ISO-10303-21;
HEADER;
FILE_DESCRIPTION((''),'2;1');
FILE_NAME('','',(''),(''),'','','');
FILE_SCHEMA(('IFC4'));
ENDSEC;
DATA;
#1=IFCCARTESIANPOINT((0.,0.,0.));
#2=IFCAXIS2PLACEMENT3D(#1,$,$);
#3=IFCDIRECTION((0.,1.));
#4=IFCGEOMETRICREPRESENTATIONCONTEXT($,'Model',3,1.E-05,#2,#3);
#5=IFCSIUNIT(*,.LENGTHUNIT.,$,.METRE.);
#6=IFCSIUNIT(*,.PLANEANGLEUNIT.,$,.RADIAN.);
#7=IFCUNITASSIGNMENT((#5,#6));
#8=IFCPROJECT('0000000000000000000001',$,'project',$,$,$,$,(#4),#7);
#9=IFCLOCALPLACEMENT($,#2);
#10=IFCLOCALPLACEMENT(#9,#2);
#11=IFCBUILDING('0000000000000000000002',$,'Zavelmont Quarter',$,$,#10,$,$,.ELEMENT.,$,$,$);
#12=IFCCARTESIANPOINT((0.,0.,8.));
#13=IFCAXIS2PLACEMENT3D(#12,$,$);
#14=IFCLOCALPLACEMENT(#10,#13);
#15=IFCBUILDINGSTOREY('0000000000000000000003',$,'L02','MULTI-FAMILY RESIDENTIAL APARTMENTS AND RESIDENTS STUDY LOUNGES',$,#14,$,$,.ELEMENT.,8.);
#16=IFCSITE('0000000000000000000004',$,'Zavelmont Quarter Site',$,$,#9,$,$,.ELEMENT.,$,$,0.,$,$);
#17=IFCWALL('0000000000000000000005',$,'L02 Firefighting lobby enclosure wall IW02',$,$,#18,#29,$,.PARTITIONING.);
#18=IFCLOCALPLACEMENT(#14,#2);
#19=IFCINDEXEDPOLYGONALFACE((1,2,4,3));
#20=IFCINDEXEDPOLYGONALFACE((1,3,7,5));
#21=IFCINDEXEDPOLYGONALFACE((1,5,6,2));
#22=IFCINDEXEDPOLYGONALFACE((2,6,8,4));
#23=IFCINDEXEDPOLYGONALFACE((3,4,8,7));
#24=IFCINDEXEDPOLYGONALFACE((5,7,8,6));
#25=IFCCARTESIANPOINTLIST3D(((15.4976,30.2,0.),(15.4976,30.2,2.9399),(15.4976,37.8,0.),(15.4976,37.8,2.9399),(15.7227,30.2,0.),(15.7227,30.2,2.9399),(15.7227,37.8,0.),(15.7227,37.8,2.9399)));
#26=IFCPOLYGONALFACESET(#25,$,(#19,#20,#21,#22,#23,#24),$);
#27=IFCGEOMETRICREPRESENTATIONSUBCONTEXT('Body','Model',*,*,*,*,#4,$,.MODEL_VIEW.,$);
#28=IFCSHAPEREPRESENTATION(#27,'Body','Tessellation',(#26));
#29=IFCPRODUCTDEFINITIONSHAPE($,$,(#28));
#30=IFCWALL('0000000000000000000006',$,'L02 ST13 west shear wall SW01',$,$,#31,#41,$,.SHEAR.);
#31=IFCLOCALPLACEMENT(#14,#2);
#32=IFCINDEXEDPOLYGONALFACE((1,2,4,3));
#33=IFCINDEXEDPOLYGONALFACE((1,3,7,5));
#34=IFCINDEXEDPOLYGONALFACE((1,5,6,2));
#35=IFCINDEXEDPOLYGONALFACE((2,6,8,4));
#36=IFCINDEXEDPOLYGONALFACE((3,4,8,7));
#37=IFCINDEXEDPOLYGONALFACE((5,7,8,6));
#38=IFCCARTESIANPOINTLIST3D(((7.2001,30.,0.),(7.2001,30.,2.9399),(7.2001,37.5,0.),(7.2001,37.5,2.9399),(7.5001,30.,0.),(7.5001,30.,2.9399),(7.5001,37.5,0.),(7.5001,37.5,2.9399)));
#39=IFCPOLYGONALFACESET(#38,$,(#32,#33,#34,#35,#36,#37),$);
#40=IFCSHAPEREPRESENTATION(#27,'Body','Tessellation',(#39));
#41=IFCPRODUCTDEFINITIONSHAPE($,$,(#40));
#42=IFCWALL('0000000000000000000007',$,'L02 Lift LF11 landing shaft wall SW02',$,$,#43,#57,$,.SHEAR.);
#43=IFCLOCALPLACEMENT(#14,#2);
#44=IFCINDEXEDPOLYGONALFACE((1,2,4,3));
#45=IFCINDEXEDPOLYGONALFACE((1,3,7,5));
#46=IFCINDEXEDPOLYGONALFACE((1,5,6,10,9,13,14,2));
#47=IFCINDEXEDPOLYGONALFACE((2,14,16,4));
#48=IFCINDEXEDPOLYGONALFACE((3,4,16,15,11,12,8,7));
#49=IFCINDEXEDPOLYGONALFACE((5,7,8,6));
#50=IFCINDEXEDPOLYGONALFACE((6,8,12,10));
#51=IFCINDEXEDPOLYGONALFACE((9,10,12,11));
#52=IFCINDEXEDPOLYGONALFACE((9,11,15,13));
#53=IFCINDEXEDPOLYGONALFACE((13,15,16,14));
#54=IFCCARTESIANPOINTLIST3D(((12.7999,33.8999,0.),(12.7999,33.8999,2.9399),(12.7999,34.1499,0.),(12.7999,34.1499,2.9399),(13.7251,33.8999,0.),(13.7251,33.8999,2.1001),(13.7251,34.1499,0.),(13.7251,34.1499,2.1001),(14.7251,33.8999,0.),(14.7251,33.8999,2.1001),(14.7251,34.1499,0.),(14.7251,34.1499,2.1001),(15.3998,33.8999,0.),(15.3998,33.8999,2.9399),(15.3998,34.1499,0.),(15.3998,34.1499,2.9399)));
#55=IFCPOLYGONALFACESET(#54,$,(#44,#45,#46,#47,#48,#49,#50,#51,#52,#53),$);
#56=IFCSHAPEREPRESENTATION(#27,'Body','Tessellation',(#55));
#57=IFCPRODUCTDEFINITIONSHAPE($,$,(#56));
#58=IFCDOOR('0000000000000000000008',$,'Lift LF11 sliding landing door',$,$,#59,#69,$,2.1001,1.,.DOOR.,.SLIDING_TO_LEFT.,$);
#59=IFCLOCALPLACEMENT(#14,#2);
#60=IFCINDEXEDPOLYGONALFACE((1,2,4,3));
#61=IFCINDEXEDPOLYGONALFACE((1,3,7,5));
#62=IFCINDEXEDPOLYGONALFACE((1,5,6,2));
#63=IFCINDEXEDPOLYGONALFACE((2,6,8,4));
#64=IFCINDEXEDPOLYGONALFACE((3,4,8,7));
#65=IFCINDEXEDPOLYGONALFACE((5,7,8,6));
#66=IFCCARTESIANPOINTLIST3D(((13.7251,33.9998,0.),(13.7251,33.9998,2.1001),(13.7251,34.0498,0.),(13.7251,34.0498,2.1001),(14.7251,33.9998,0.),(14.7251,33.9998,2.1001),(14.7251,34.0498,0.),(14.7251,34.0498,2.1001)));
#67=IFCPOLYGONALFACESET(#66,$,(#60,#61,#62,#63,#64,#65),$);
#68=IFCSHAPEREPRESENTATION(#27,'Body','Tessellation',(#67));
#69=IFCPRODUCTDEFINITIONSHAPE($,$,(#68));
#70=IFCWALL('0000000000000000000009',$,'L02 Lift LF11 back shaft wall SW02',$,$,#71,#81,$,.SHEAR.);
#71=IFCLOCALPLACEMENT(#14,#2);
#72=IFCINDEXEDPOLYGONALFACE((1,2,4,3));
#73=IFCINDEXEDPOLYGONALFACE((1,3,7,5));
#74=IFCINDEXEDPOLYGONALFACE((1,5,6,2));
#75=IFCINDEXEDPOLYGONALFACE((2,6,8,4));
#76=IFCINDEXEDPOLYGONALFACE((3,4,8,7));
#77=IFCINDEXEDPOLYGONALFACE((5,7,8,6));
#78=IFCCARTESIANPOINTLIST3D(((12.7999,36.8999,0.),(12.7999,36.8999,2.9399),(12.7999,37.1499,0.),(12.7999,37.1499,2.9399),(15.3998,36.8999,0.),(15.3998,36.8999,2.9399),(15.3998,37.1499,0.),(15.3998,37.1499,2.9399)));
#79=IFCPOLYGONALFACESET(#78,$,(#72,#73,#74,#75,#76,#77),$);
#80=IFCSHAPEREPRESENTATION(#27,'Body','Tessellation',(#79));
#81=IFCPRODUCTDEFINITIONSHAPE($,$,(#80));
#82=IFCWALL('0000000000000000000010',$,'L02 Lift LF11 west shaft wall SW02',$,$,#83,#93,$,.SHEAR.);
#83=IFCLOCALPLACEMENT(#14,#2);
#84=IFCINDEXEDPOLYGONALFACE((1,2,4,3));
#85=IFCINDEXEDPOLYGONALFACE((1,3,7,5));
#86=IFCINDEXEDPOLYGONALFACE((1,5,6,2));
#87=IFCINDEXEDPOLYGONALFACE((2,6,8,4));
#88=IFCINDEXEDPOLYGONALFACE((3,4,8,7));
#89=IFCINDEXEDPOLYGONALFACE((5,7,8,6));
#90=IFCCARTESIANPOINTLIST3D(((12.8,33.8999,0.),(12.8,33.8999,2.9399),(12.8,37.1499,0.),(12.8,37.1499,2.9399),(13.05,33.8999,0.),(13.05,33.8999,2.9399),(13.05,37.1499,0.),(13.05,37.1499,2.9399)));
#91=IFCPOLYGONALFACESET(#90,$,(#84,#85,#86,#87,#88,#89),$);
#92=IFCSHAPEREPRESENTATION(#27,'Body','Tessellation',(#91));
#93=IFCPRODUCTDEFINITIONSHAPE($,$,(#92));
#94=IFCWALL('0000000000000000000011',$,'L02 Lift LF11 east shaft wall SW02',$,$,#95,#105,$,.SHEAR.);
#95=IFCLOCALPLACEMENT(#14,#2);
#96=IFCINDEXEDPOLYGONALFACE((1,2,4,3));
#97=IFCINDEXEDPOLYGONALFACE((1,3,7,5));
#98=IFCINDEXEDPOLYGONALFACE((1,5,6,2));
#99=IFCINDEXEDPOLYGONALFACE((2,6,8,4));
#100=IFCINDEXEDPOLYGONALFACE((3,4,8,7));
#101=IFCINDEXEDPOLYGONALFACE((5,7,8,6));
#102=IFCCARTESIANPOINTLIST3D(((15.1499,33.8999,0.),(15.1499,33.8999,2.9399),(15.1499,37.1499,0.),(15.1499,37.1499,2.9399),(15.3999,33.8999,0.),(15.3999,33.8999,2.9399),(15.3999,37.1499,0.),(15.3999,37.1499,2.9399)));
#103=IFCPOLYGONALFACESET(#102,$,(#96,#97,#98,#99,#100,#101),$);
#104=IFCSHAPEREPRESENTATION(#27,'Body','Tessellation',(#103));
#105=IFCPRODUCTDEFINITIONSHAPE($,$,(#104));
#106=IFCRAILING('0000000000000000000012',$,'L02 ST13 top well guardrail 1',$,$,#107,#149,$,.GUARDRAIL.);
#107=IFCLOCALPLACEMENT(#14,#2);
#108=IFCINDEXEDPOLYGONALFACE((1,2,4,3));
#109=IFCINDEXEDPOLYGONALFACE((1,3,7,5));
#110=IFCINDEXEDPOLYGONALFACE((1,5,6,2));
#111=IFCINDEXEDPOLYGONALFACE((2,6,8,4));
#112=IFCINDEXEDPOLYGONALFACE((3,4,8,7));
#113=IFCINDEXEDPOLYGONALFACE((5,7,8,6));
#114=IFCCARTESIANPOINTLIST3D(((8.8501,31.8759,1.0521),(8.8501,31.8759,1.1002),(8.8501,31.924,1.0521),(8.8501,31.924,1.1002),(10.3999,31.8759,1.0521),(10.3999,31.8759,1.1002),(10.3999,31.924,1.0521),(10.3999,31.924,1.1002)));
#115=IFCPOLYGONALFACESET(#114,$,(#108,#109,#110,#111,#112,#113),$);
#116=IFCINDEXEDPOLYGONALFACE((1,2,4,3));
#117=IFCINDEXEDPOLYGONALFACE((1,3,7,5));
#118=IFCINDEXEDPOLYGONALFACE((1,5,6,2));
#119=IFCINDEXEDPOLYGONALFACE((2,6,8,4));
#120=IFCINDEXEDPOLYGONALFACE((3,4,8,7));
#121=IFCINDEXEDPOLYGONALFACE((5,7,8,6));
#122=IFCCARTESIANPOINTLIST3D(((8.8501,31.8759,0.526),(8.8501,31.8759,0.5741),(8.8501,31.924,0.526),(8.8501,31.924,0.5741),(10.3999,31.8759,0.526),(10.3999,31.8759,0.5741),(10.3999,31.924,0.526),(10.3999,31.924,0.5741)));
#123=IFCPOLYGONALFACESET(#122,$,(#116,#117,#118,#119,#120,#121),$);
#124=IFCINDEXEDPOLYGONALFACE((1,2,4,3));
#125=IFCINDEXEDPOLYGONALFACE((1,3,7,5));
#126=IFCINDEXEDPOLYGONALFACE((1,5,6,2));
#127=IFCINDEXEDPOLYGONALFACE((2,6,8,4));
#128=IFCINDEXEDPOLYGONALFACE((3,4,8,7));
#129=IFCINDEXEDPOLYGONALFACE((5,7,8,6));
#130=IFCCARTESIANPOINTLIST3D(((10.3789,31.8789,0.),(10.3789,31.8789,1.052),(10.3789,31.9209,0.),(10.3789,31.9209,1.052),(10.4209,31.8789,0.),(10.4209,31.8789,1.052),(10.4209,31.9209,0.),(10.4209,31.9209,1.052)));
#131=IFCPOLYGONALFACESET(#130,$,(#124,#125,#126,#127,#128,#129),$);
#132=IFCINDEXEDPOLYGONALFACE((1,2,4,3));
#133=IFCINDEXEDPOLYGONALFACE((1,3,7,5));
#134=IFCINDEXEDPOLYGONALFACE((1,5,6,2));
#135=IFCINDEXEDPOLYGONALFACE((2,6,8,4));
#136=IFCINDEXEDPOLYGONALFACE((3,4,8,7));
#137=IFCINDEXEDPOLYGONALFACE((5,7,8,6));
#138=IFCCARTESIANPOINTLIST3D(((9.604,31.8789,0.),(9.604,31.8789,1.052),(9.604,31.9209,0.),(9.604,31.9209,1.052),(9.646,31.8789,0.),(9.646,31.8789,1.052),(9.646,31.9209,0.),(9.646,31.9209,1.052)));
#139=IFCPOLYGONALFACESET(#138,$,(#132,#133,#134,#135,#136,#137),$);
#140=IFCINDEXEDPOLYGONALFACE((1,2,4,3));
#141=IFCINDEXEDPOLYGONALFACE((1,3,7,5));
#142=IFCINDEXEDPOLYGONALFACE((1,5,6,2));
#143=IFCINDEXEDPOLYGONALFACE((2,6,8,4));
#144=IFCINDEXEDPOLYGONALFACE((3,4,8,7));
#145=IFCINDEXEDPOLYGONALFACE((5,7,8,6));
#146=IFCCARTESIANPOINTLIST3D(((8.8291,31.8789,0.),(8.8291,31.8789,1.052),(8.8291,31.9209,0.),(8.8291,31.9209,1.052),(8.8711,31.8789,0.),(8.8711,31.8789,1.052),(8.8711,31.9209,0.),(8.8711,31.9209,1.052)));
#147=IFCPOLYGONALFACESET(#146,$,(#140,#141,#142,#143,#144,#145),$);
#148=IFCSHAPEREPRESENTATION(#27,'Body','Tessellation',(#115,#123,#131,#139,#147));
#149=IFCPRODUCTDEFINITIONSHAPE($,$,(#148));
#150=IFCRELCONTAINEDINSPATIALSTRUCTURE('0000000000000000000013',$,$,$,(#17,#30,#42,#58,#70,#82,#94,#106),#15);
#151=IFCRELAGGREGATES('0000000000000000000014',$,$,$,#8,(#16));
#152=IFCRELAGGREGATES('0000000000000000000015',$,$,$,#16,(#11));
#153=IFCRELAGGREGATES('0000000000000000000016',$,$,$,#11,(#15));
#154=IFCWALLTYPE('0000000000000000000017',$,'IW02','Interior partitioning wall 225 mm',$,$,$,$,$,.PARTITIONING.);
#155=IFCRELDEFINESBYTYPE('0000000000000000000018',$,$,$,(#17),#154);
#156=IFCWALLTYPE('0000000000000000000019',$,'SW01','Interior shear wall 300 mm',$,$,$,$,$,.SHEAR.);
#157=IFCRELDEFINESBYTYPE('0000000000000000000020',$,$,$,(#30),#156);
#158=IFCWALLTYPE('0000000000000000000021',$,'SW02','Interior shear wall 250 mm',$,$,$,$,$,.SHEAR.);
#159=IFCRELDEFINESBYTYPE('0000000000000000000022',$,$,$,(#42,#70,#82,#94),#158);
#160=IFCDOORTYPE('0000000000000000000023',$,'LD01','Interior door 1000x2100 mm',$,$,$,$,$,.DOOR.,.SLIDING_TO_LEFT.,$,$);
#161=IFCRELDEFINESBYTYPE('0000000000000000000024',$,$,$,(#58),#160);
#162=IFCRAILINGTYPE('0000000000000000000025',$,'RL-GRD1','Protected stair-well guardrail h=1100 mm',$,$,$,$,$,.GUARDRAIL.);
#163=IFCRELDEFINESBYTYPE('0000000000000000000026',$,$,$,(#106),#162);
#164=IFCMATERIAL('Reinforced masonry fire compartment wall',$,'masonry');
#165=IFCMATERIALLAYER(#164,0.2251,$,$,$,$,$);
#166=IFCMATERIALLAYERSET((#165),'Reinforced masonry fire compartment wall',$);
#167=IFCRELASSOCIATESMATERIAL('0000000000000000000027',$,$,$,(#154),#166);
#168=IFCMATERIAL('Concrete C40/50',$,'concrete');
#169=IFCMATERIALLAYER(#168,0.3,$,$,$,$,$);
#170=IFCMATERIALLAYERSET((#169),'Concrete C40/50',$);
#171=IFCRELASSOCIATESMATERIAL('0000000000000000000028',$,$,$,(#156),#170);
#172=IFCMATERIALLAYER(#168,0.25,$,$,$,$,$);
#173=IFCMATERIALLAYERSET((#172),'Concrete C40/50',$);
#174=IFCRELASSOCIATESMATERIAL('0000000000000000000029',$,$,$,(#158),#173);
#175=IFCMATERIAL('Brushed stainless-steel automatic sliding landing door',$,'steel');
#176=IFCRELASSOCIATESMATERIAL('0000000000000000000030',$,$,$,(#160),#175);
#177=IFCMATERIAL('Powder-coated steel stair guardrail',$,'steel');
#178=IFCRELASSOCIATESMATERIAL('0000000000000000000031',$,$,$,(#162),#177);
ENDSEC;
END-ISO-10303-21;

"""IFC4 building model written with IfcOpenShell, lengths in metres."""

from ifc_helpers import new_model, si_unit, direction, frame, frame_2d, origin, origin_with_axes, origin_2d, place, context, subcontext, project, spatial, rectangle, extrude, material, layer, layer_set, type_object, element, fill, save


model = new_model("IFC4")

# Units and contexts
model_context = context("Model", 3, precision=1e-05, world=origin(), true_north=direction((0.0, 1.0)))
body_context = subcontext(model_context, "Body", "Model", "MODEL_VIEW")
ifc_project = project(units=[si_unit("LENGTHUNIT", "METRE"), si_unit("PLANEANGLEUNIT", "RADIAN")], contexts=[model_context])

# Site, building, storey
site_placement = place(None, origin())
site = spatial("IfcSite", under=ifc_project, at=site_placement, Name="Zavelmont Quarter Site", CompositionType="ELEMENT", RefElevation=0.0)
building_placement = place(site_placement, origin())
building = spatial("IfcBuilding", under=site, at=building_placement, Name="Zavelmont Quarter", CompositionType="ELEMENT")
storey_placement = place(building_placement, frame((0.0, 0.0, 8.0)))
storey = spatial("IfcBuildingStorey", under=building, at=storey_placement, Name="L02", Description="MULTI-FAMILY RESIDENTIAL APARTMENTS AND RESIDENTS STUDY LOUNGES", CompositionType="ELEMENT", Elevation=8.0)

# Wall
ifc_material_1 = material(Name="Reinforced masonry fire compartment wall", Category="masonry")
ifc_layer_1 = layer(ifc_material_1, 0.2251)
ifc_layer_set_1 = layer_set([ifc_layer_1], Name="Reinforced masonry fire compartment wall")
wall_type_1 = type_object("IfcWallType", Name="IW02", Description="Interior partitioning wall 225 mm", PredefinedType="PARTITIONING", material=ifc_layer_set_1)
wall_1_placement = place(storey_placement, frame((15.6101, 30.2, 0.0), z_axis=(0.0, 0.0, 1.0), x_axis=(0.0, 1.0, 0.0)))
element("IfcWall", 1, at=wall_1_placement, inside=storey, type_object=wall_type_1, Name="L02 Firefighting lobby enclosure wall IW02", PredefinedType="PARTITIONING", context=body_context, shape_type="SweptSolid", body=[
    extrude(rectangle(XDim=7.6001, YDim=0.2251, at=frame_2d((3.8, 0.0))), origin(), (0.0, 0.0, 1.0), 2.9399),
])

# Wall
ifc_material_2 = material(Name="Concrete C40/50", Category="concrete")
ifc_layer_2 = layer(ifc_material_2, 0.3)
ifc_layer_set_2 = layer_set([ifc_layer_2], Name="Concrete C40/50")
wall_type_2 = type_object("IfcWallType", Name="SW01", Description="Interior shear wall 300 mm", PredefinedType="SHEAR", material=ifc_layer_set_2)
wall_2_placement = place(storey_placement, frame((7.3501, 30.0, 0.0), z_axis=(0.0, 0.0, 1.0), x_axis=(0.0, 1.0, 0.0)))
element("IfcWall", 2, at=wall_2_placement, inside=storey, type_object=wall_type_2, Name="L02 ST13 west shear wall SW01", PredefinedType="SHEAR", context=body_context, shape_type="SweptSolid", body=[
    extrude(rectangle(XDim=7.5, YDim=0.3, at=frame_2d((3.75, 0.0))), origin(), (0.0, 0.0, 1.0), 2.9399),
])

# Wall, opening, door
ifc_layer_3 = layer(ifc_material_2, 0.25)
ifc_layer_set_3 = layer_set([ifc_layer_3], Name="Concrete C40/50")
wall_type_3 = type_object("IfcWallType", Name="SW02", Description="Interior shear wall 250 mm", PredefinedType="SHEAR", material=ifc_layer_set_3)
wall_3_placement = place(storey_placement, frame((12.8, 34.0249, 0.0), z_axis=(0.0, 0.0, 1.0), x_axis=(1.0, 0.0, 0.0)))
wall_3 = element("IfcWall", 3, at=wall_3_placement, inside=storey, type_object=wall_type_3, Name="L02 Lift LF11 landing shaft wall SW02", PredefinedType="SHEAR", context=body_context, shape_type="SweptSolid", body=[
    extrude(rectangle(XDim=2.5999, YDim=0.25, at=frame_2d((1.2998, 0.0))), origin(), (0.0, 0.0, 1.0), 2.9399),
])
opening_1_placement = place(wall_3_placement, frame((0.925, 0.0, 0.0)))
opening_1 = element("IfcOpeningElement", 4, at=opening_1_placement, cuts=wall_3, PredefinedType="OPENING", context=body_context, shape_type="SweptSolid", body=[
    extrude(rectangle(XDim=1.0, YDim=2.1001, at=frame_2d((0.5, 1.05))), frame((0.0, 0.137, 0.0), z_axis=(0.0, -1.0, 0.0), x_axis=(1.0, 0.0, 0.0)), (0.0, 0.0, 1.0), 0.2739),
])
ifc_material_3 = material(Name="Brushed stainless-steel automatic sliding landing door", Category="steel")
door_type_1 = type_object("IfcDoorType", Name="LD01", Description="Interior door 1000x2100 mm", OperationType="SLIDING_TO_LEFT", PredefinedType="DOOR", material=ifc_material_3)
door_1_placement = place(opening_1_placement, origin_with_axes())
door_1 = element("IfcDoor", 5, at=door_1_placement, inside=storey, type_object=door_type_1, Name="Lift LF11 sliding landing door", OperationType="SLIDING_TO_LEFT", OverallHeight=2.1001, OverallWidth=1.0, PredefinedType="DOOR", context=body_context, shape_type="SweptSolid", body=[
    extrude(rectangle(XDim=1.0, YDim=2.1001, at=frame_2d((0.5, 1.05))), frame((0.0, 0.0249, 0.0), z_axis=(0.0, -1.0, 0.0), x_axis=(1.0, 0.0, 0.0)), (0.0, 0.0, 1.0), 0.05),
])
fill(opening_1, door_1)

# Walls
wall_4_placement = place(storey_placement, frame((12.8, 37.0249, 0.0), z_axis=(0.0, 0.0, 1.0), x_axis=(1.0, 0.0, 0.0)))
element("IfcWall", 6, at=wall_4_placement, inside=storey, type_object=wall_type_3, Name="L02 Lift LF11 back shaft wall SW02", PredefinedType="SHEAR", context=body_context, shape_type="SweptSolid", body=[
    extrude(rectangle(XDim=2.5999, YDim=0.25, at=frame_2d((1.2998, 0.0))), origin(), (0.0, 0.0, 1.0), 2.9399),
])
for number, where, z_axis, x_axis, name in (
    (7, (12.925, 33.8999, 0.0), (0.0, 0.0, 1.0), (0.0, 1.0, 0.0), "L02 Lift LF11 west shaft wall SW02"),
    (8, (15.2749, 33.8999, 0.0), (0.0, 0.0, 1.0), (0.0, 1.0, 0.0), "L02 Lift LF11 east shaft wall SW02"),
):
    element("IfcWall", number, at=place(storey_placement, frame(where, z_axis=z_axis, x_axis=x_axis)), inside=storey, type_object=wall_type_3, Name=name, PredefinedType="SHEAR", context=body_context, shape_type="SweptSolid", body=[
        extrude(rectangle(XDim=3.25, YDim=0.25, at=frame_2d((1.625, 0.0))), origin(), (0.0, 0.0, 1.0), 2.9399),
    ])

# Railing
ifc_material_4 = material(Name="Powder-coated steel stair guardrail", Category="steel")
railing_type = type_object("IfcRailingType", Name="RL-GRD1", Description="Protected stair-well guardrail h=1100 mm", PredefinedType="GUARDRAIL", material=ifc_material_4)
railing_placement = place(storey_placement, frame((10.3999, 31.8999, 0.0)))
element("IfcRailing", 9, at=railing_placement, inside=storey, type_object=railing_type, Name="L02 ST13 top well guardrail 1", PredefinedType="GUARDRAIL", context=body_context, shape_type="SweptSolid", body=[
    extrude(rectangle(XDim=0.0481, YDim=0.0481, at=origin_2d()), frame((0.0, 0.0, 1.0762), z_axis=(-1.0, 0.0, 0.0), x_axis=(0.0, -1.0, 0.0)), (0.0, 0.0, 1.0), 1.5498),
    extrude(rectangle(XDim=0.0481, YDim=0.0481, at=origin_2d()), frame((0.0, 0.0, 0.55), z_axis=(-1.0, 0.0, 0.0), x_axis=(0.0, -1.0, 0.0)), (0.0, 0.0, 1.0), 1.5498),
    extrude(rectangle(XDim=0.042, YDim=0.042, at=origin_2d()), origin(), (0.0, 0.0, 1.0), 1.052),
    extrude(rectangle(XDim=0.042, YDim=0.042, at=origin_2d()), frame((-0.7749, 0.0, 0.0)), (0.0, 0.0, 1.0), 1.052),
    extrude(rectangle(XDim=0.042, YDim=0.042, at=origin_2d()), frame((-1.5498, 0.0, 0.0)), (0.0, 0.0, 1.0), 1.052),
])

save(model, "model.ifc")
